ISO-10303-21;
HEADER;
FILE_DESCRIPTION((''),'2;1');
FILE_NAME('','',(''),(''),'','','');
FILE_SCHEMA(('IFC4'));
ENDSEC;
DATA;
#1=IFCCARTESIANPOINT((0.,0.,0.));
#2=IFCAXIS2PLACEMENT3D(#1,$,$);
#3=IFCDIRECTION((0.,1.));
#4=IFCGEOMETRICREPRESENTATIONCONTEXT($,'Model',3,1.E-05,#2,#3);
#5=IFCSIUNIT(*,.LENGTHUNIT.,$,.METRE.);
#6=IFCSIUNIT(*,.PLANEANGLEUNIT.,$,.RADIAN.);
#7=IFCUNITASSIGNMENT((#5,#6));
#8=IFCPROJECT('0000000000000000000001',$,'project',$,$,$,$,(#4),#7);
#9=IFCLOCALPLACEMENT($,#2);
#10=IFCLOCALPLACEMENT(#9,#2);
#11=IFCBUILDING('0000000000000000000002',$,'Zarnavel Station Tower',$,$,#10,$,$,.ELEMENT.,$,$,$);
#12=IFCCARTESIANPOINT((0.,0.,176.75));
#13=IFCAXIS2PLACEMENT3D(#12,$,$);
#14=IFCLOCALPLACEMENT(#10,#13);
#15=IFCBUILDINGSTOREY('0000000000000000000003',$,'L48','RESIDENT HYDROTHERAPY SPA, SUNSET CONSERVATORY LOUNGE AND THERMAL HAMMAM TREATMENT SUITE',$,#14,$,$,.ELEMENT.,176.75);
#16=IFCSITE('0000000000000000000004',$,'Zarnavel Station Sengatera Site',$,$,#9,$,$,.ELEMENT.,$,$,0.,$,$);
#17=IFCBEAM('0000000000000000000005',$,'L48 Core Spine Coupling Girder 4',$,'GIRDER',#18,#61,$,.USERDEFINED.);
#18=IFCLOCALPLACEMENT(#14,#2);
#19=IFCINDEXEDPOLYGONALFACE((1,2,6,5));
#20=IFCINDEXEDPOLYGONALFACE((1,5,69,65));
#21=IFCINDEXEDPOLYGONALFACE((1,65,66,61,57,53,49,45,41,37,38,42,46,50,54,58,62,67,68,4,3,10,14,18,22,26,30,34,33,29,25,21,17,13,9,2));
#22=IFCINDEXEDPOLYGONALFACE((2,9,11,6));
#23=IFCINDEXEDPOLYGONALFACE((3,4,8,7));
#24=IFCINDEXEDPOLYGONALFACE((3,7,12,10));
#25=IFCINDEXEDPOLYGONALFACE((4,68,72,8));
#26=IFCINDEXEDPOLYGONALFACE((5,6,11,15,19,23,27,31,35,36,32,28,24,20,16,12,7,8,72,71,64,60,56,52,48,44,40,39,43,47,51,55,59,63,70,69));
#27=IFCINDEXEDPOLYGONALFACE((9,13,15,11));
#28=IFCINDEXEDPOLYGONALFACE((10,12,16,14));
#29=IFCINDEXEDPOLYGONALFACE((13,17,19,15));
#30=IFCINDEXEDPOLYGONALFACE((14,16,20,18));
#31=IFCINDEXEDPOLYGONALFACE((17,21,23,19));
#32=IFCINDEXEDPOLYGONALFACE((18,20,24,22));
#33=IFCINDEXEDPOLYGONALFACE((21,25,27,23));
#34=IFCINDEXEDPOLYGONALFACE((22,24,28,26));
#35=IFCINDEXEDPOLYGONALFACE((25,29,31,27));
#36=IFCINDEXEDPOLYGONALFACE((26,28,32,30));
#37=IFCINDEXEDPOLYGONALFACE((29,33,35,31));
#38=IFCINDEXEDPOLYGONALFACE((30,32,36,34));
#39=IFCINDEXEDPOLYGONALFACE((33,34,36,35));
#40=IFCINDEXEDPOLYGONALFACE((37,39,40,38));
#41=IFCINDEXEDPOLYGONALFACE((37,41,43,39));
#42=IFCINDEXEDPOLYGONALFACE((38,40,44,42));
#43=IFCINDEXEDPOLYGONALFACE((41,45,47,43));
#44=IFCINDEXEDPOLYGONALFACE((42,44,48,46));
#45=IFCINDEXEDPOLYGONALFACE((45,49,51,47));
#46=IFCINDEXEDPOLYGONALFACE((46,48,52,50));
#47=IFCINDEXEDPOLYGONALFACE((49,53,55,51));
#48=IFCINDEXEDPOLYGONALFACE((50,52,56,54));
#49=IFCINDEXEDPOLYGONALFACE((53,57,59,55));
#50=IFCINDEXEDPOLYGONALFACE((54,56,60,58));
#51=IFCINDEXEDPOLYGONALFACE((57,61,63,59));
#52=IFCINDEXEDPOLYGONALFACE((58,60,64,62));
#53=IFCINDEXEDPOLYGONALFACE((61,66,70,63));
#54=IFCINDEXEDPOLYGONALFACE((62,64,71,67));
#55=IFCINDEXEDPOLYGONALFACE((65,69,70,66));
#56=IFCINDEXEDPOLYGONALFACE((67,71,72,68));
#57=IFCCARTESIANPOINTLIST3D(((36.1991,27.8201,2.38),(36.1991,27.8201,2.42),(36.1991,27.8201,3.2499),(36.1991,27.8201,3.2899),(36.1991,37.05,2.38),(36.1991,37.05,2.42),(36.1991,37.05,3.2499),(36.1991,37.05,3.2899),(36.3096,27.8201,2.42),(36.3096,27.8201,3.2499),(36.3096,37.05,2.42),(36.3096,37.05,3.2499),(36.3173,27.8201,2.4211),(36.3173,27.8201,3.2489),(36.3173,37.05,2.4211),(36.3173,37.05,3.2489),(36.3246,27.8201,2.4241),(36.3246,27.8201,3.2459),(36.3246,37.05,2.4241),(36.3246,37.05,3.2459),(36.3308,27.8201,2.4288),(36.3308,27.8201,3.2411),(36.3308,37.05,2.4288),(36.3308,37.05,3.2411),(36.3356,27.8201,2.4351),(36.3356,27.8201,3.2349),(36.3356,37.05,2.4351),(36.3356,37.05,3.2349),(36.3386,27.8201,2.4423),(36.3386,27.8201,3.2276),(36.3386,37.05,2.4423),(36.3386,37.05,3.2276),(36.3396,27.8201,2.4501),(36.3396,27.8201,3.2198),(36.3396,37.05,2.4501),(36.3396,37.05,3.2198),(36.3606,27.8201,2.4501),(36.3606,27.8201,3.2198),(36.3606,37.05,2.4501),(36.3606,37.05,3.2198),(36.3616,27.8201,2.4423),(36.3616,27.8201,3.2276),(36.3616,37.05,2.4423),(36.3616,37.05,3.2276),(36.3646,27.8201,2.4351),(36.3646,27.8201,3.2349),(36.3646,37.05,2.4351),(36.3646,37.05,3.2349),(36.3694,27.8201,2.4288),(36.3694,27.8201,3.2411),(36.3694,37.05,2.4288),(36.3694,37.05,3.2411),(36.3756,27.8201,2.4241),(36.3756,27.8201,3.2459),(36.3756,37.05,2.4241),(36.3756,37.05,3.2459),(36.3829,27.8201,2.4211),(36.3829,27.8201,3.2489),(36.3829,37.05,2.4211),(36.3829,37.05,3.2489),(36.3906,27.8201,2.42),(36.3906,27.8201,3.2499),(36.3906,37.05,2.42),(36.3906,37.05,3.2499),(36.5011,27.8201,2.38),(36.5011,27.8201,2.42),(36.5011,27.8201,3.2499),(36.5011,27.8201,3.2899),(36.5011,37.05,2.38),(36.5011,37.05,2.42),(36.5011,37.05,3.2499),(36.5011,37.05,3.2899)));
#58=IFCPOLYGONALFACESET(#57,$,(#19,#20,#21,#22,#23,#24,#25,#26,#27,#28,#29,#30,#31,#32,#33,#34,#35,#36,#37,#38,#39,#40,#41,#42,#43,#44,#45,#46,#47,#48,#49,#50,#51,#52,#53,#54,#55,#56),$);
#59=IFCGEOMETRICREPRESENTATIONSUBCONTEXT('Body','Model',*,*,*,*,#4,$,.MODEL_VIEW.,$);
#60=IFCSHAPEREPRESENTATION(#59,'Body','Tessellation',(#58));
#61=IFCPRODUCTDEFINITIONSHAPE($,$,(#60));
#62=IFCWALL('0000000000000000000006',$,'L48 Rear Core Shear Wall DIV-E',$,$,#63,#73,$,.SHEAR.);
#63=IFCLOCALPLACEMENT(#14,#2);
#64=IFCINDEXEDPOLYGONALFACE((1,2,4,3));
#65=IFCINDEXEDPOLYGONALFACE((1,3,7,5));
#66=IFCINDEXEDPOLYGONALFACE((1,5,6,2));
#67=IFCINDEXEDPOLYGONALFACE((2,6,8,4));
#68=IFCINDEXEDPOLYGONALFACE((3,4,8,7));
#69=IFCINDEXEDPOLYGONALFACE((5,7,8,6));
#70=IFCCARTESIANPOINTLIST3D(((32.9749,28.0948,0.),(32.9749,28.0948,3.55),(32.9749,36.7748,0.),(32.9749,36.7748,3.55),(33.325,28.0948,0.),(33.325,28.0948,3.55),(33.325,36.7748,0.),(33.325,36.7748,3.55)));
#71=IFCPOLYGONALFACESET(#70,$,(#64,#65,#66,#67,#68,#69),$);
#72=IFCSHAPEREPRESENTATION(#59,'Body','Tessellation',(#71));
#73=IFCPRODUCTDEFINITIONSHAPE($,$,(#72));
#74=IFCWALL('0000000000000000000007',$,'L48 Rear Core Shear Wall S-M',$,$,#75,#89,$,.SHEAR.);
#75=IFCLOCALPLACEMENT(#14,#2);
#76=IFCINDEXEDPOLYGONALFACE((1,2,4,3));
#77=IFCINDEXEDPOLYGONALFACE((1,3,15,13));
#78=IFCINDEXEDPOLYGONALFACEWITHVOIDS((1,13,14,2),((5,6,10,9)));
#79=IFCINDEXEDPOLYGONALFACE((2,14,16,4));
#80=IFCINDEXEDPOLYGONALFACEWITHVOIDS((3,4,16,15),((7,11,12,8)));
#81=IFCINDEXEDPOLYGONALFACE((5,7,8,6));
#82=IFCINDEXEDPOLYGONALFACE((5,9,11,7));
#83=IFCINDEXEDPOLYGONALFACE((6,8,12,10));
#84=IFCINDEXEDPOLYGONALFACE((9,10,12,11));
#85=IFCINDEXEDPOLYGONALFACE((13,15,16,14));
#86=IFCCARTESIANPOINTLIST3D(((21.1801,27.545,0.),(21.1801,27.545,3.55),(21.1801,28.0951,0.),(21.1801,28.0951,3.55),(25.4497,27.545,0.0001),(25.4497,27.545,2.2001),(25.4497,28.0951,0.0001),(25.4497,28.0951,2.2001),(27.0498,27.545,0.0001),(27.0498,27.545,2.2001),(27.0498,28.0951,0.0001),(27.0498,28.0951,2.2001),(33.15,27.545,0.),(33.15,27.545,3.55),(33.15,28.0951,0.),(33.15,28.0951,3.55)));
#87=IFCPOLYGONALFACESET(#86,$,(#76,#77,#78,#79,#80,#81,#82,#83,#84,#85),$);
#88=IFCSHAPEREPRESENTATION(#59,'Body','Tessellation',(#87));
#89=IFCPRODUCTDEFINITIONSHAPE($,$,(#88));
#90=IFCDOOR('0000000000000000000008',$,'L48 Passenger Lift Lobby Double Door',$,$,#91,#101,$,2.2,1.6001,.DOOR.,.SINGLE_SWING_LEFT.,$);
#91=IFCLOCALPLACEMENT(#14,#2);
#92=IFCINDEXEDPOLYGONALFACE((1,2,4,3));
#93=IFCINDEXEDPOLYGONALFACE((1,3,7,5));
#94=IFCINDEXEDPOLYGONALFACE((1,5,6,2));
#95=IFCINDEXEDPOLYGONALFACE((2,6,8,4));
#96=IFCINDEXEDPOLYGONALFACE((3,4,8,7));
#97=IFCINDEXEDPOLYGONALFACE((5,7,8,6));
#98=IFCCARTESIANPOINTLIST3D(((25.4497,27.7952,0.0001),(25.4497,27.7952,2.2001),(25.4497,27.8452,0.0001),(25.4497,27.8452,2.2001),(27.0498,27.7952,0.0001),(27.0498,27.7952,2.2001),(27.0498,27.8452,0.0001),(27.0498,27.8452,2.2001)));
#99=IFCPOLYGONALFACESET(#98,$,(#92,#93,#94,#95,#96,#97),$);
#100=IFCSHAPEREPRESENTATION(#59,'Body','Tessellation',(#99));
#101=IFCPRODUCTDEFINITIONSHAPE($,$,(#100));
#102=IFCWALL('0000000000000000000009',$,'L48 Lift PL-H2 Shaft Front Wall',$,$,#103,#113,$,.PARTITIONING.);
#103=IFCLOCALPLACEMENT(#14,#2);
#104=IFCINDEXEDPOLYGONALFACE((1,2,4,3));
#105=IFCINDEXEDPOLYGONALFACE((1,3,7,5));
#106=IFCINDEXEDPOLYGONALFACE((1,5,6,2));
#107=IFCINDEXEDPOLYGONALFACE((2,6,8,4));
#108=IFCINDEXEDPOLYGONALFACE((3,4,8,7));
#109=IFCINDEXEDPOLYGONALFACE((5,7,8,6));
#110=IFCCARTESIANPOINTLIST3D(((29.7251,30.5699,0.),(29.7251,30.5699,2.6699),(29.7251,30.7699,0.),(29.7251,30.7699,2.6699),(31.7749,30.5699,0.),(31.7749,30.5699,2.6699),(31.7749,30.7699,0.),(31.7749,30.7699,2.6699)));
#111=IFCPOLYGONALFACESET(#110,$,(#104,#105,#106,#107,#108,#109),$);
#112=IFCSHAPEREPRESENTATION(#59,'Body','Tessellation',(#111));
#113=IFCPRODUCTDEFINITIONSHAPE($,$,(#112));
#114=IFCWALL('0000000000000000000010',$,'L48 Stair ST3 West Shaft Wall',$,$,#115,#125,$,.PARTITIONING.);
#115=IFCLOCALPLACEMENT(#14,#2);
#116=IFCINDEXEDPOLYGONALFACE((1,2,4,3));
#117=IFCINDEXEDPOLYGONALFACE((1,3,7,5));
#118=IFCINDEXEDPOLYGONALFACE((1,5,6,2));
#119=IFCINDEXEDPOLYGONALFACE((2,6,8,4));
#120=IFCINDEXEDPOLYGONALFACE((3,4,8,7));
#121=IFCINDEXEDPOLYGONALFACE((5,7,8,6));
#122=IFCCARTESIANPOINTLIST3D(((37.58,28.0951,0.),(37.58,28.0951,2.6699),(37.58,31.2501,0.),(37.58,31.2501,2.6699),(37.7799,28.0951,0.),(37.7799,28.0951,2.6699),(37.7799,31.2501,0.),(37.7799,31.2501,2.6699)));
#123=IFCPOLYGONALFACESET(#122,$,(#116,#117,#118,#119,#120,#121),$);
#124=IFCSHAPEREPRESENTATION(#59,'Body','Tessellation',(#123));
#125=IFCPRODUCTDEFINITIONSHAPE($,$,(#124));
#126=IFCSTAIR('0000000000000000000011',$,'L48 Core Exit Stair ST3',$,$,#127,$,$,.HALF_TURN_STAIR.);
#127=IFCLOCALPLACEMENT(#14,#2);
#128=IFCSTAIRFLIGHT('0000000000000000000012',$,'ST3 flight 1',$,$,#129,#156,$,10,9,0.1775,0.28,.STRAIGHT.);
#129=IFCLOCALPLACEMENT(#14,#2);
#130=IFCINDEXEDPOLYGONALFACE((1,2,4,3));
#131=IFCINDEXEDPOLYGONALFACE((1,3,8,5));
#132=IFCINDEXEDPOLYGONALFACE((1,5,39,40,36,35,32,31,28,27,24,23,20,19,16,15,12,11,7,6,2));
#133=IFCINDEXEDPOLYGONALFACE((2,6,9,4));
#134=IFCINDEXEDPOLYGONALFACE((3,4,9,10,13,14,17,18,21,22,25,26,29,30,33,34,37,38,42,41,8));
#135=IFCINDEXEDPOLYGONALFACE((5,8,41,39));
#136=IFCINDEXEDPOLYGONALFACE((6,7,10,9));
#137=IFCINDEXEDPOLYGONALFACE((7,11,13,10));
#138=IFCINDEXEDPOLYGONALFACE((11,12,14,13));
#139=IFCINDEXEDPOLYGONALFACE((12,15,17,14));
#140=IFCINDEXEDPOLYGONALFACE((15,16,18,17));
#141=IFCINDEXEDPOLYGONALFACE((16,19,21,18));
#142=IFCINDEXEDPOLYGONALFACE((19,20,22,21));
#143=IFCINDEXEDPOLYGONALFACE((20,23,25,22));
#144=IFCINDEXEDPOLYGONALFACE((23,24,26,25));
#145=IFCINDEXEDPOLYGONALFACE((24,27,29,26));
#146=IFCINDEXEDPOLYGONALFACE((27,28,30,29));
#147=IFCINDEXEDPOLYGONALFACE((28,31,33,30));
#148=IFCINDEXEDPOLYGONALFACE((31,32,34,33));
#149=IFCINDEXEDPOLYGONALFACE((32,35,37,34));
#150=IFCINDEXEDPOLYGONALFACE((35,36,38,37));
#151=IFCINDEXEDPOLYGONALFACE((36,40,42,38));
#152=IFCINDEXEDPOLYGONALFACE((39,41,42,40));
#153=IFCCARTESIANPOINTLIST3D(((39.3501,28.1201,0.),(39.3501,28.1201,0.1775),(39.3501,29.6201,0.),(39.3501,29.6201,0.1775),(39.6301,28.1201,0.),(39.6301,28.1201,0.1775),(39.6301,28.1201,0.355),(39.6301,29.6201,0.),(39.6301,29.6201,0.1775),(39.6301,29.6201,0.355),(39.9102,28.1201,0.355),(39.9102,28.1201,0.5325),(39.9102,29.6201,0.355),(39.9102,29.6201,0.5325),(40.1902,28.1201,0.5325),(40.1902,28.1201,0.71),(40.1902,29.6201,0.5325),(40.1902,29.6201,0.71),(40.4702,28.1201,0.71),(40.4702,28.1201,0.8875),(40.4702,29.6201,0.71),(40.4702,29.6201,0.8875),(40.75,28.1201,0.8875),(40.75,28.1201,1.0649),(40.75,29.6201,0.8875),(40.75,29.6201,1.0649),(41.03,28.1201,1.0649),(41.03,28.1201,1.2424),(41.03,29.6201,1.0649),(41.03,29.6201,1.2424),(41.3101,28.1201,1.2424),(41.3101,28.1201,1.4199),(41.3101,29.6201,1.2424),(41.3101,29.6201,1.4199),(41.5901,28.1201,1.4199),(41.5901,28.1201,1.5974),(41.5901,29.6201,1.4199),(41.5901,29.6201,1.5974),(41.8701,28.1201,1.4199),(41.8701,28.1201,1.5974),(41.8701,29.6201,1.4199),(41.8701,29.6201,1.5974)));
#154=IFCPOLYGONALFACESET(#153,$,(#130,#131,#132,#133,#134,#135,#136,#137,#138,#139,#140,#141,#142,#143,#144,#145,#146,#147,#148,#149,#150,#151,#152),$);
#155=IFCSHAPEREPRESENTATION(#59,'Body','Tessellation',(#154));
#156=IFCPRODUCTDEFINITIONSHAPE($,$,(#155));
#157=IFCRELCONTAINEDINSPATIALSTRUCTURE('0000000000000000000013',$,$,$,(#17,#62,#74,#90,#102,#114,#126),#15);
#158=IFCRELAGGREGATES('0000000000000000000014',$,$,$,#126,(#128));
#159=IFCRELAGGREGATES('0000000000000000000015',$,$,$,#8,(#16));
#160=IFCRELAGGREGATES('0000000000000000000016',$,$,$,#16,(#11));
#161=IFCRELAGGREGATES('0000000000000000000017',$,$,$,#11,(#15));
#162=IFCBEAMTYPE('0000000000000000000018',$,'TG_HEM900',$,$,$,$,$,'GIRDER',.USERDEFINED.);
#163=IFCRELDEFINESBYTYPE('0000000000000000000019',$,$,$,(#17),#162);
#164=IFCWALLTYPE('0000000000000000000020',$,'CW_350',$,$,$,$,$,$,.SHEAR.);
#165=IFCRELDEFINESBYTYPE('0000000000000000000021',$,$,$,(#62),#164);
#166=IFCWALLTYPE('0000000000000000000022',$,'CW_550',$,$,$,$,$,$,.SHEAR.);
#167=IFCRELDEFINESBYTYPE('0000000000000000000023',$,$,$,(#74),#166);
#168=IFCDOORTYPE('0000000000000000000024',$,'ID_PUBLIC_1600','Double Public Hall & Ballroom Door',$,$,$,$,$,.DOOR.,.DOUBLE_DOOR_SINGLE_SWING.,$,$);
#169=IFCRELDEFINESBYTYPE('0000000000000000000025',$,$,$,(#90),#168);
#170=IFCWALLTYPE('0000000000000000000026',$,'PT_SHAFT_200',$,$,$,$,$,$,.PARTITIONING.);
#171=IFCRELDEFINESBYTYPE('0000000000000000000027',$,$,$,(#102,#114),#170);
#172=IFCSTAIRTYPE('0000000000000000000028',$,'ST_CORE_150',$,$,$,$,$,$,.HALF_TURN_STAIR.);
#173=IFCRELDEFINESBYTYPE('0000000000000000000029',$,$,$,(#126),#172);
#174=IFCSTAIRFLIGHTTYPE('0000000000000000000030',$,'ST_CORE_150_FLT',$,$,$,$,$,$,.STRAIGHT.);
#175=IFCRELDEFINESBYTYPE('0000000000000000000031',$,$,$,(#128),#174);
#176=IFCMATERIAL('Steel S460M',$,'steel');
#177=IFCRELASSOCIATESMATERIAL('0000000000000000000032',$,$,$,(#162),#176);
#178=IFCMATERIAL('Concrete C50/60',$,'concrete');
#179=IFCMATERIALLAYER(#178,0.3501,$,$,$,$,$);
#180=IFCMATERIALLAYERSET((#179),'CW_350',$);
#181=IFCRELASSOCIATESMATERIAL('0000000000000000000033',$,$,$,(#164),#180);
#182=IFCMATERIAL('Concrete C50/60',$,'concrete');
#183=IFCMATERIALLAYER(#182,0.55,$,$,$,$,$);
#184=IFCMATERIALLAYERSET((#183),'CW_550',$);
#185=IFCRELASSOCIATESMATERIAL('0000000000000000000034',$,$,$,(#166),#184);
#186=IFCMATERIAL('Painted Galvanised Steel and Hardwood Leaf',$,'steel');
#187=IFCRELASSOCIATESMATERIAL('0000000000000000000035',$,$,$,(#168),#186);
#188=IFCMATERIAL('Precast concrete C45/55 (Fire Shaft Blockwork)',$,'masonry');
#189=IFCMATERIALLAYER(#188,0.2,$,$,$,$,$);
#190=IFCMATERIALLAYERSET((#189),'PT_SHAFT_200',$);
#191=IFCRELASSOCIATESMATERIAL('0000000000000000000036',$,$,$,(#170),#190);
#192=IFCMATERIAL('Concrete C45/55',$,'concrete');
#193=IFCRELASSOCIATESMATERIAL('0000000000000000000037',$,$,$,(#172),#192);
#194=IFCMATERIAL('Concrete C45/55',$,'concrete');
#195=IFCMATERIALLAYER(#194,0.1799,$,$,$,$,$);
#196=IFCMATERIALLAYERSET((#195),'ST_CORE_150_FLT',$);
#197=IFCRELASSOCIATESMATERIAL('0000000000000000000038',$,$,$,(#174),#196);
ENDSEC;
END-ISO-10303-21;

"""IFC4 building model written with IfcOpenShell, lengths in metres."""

from ifc_helpers import new_model, si_unit, direction, frame, frame_2d, origin, origin_2d, place, context, subcontext, project, spatial, polyline, rectangle, i_section, outline, extrude, material, layer, layer_set, material_profile, profile_set, type_object, element, fill, aggregate, save


model = new_model("IFC4")

# Units and contexts
model_context = context("Model", 3, precision=1e-05, world=origin(), true_north=direction((0.0, 1.0)))
body_context = subcontext(model_context, "Body", "Model", "MODEL_VIEW")
ifc_project = project(units=[si_unit("LENGTHUNIT", "METRE"), si_unit("PLANEANGLEUNIT", "RADIAN")], contexts=[model_context])

# Site, building, storey
site_placement = place(None, origin())
site = spatial("IfcSite", under=ifc_project, at=site_placement, Name="Zarnavel Station Sengatera Site", CompositionType="ELEMENT", RefElevation=0.0)
building_placement = place(site_placement, origin())
building = spatial("IfcBuilding", under=site, at=building_placement, Name="Zarnavel Station Tower", CompositionType="ELEMENT")
storey_placement = place(building_placement, frame((0.0, 0.0, 176.75)))
storey = spatial("IfcBuildingStorey", under=building, at=storey_placement, Name="L48", Description="RESIDENT HYDROTHERAPY SPA, SUNSET CONSERVATORY LOUNGE AND THERMAL HAMMAM TREATMENT SUITE", CompositionType="ELEMENT", Elevation=176.75)

# Beam
ifc_material_1 = material(Name="Steel S460M", Category="steel")
ifc_material_profile_1 = material_profile(ifc_material_1, i_section(OverallWidth=0.302, OverallDepth=0.9099, WebThickness=0.021, FlangeThickness=0.04, FilletRadius=0.03, at=origin_2d()), Name="HEM900")
ifc_profile_set_1 = profile_set([ifc_material_profile_1], Name="Steel S460M")
beam_type_1 = type_object("IfcBeamType", Name="TG_HEM900", ElementType="GIRDER", PredefinedType="USERDEFINED", material=ifc_profile_set_1)
beam_1_placement = place(storey_placement, frame((36.3501, 27.8201, 2.835), z_axis=(0.0, 1.0, 0.0), x_axis=(-1.0, 0.0, 0.0)))
element("IfcBeam", 1, at=beam_1_placement, inside=storey, type_object=beam_type_1, Name="L48 Core Spine Coupling Girder 4", ObjectType="GIRDER", PredefinedType="USERDEFINED", context=body_context, shape_type="SweptSolid", body=[
    extrude(i_section(OverallWidth=0.302, OverallDepth=0.9099, WebThickness=0.021, FlangeThickness=0.04, FilletRadius=0.03, at=origin_2d()), origin(), (0.0, 0.0, 1.0), 9.23),
])

# Wall
ifc_material_2 = material(Name="Concrete C50/60", Category="concrete")
ifc_layer_1 = layer(ifc_material_2, 0.3501)
ifc_layer_set_1 = layer_set([ifc_layer_1], Name="CW_350")
wall_type_1 = type_object("IfcWallType", Name="CW_350", PredefinedType="SHEAR", material=ifc_layer_set_1)
wall_1_placement = place(storey_placement, frame((33.1499, 28.095, 0.0), z_axis=(0.0, 0.0, 1.0), x_axis=(0.0, 1.0, 0.0)))
element("IfcWall", 2, at=wall_1_placement, inside=storey, type_object=wall_type_1, Name="L48 Rear Core Shear Wall DIV-E", PredefinedType="SHEAR", context=body_context, shape_type="SweptSolid", body=[
    extrude(rectangle(XDim=8.6799, YDim=0.3501, at=frame_2d((4.3398, 0.0))), origin(), (0.0, 0.0, 1.0), 3.55),
])

# Wall, opening, door
ifc_material_3 = material(Name="Concrete C50/60", Category="concrete")
ifc_layer_2 = layer(ifc_material_3, 0.55)
ifc_layer_set_2 = layer_set([ifc_layer_2], Name="CW_550")
wall_type_2 = type_object("IfcWallType", Name="CW_550", PredefinedType="SHEAR", material=ifc_layer_set_2)
wall_2_placement = place(storey_placement, frame((33.1499, 27.8201, 0.0), z_axis=(0.0, 0.0, 1.0), x_axis=(-1.0, 0.0, 0.0)))
wall_2 = element("IfcWall", 3, at=wall_2_placement, inside=storey, type_object=wall_type_2, Name="L48 Rear Core Shear Wall S-M", PredefinedType="SHEAR", context=body_context, shape_type="SweptSolid", body=[
    extrude(rectangle(XDim=11.97, YDim=0.55, at=frame_2d((5.9849, 0.0))), origin(), (0.0, 0.0, 1.0), 3.55),
])
opening_1_placement = place(wall_2_placement, frame((6.1001, 0.0, 0.0)))
opening_1 = element("IfcOpeningElement", 4, at=opening_1_placement, cuts=wall_2, PredefinedType="OPENING", context=body_context, shape_type="SweptSolid", body=[
    extrude(rectangle(XDim=1.6001, YDim=2.2, at=frame_2d((0.8, 1.1001))), frame((0.0, 0.2849, 0.0), z_axis=(0.0, -1.0, 0.0), x_axis=(1.0, 0.0, 0.0)), (0.0, 0.0, 1.0), 0.5701),
])
ifc_material_4 = material(Name="Painted Galvanised Steel and Hardwood Leaf", Category="steel")
door_type_1 = type_object("IfcDoorType", Name="ID_PUBLIC_1600", Description="Double Public Hall & Ballroom Door", OperationType="DOUBLE_DOOR_SINGLE_SWING", PredefinedType="DOOR", material=ifc_material_4)
door_1_placement = place(opening_1_placement, origin())
door_1 = element("IfcDoor", 5, at=door_1_placement, inside=storey, type_object=door_type_1, Name="L48 Passenger Lift Lobby Double Door", OperationType="SINGLE_SWING_LEFT", OverallHeight=2.2, OverallWidth=1.6001, PredefinedType="DOOR", context=body_context, shape_type="SweptSolid", body=[
    extrude(rectangle(XDim=1.6001, YDim=2.2, at=frame_2d((0.8, 1.1001))), frame((0.0, 0.0249, 0.0), z_axis=(0.0, -1.0, 0.0), x_axis=(1.0, 0.0, 0.0)), (0.0, 0.0, 1.0), 0.05),
])
fill(opening_1, door_1)

# Walls
ifc_material_5 = material(Name="Precast concrete C45/55 (Fire Shaft Blockwork)", Category="masonry")
ifc_layer_3 = layer(ifc_material_5, 0.2)
ifc_layer_set_3 = layer_set([ifc_layer_3], Name="PT_SHAFT_200")
wall_type_3 = type_object("IfcWallType", Name="PT_SHAFT_200", PredefinedType="PARTITIONING", material=ifc_layer_set_3)
wall_3_placement = place(storey_placement, frame((29.7251, 30.6699, 0.0), z_axis=(0.0, 0.0, 1.0), x_axis=(1.0, 0.0, 0.0)))
element("IfcWall", 6, at=wall_3_placement, inside=storey, type_object=wall_type_3, Name="L48 Lift PL-H2 Shaft Front Wall", PredefinedType="PARTITIONING", context=body_context, shape_type="SweptSolid", body=[
    extrude(rectangle(XDim=2.0498, YDim=0.2, at=frame_2d((1.0249, 0.0))), origin(), (0.0, 0.0, 1.0), 2.6699),
])
wall_4_placement = place(storey_placement, frame((37.6799, 28.095, 0.0), z_axis=(0.0, 0.0, 1.0), x_axis=(0.0, 1.0, 0.0)))
element("IfcWall", 7, at=wall_4_placement, inside=storey, type_object=wall_type_3, Name="L48 Stair ST3 West Shaft Wall", PredefinedType="PARTITIONING", context=body_context, shape_type="SweptSolid", body=[
    extrude(rectangle(XDim=3.155, YDim=0.2, at=frame_2d((1.5776, 0.0))), origin(), (0.0, 0.0, 1.0), 2.6699),
])

# Stair, stair flight
ifc_material_6 = material(Name="Concrete C45/55", Category="concrete")
stair_type = type_object("IfcStairType", Name="ST_CORE_150", PredefinedType="HALF_TURN_STAIR", material=ifc_material_6)
stair_placement = place(storey_placement, origin())
stair = element("IfcStair", 8, at=stair_placement, inside=storey, type_object=stair_type, Name="L48 Core Exit Stair ST3", PredefinedType="HALF_TURN_STAIR")
ifc_material_7 = material(Name="Concrete C45/55", Category="concrete")
ifc_layer_4 = layer(ifc_material_7, 0.1799)
ifc_layer_set_4 = layer_set([ifc_layer_4], Name="ST_CORE_150_FLT")
stair_flight_type = type_object("IfcStairFlightType", Name="ST_CORE_150_FLT", PredefinedType="STRAIGHT", material=ifc_layer_set_4)
stair_flight_placement = place(storey_placement, frame((39.3501, 28.8701, 0.0), z_axis=(0.0, 0.0, 1.0), x_axis=(1.0, 0.0, 0.0)))
stair_flight = element("IfcStairFlight", 9, at=stair_flight_placement, type_object=stair_flight_type, Name="ST3 flight 1", NumberOfRisers=10, NumberOfTreads=9, PredefinedType="STRAIGHT", RiserHeight=0.1775, TreadLength=0.28, context=body_context, shape_type="SweptSolid", body=[
    extrude(outline(polyline([(0.0, 0.0), (0.0, 0.1775), (0.28, 0.1775), (0.28, 0.355), (0.5601, 0.355), (0.5601, 0.5325), (0.8401, 0.5325), (0.8401, 0.71), (1.1201, 0.71), (1.1201, 0.8875), (1.3999, 0.8875), (1.3999, 1.0649), (1.6799, 1.0649), (1.6799, 1.2424), (1.96, 1.2424), (1.96, 1.4199), (2.24, 1.4199), (2.24, 1.5974), (2.52, 1.5974), (2.52, 1.7749), (2.52, 1.4199), (0.28, 0.0), (0.0, 0.0)])), frame((0.0, 0.75, 0.0), z_axis=(0.0, -1.0, 0.0), x_axis=(1.0, 0.0, 0.0)), (0.0, 0.0, 1.0), 1.5),
])
aggregate(stair, [stair_flight])

save(model, "model.ifc")
